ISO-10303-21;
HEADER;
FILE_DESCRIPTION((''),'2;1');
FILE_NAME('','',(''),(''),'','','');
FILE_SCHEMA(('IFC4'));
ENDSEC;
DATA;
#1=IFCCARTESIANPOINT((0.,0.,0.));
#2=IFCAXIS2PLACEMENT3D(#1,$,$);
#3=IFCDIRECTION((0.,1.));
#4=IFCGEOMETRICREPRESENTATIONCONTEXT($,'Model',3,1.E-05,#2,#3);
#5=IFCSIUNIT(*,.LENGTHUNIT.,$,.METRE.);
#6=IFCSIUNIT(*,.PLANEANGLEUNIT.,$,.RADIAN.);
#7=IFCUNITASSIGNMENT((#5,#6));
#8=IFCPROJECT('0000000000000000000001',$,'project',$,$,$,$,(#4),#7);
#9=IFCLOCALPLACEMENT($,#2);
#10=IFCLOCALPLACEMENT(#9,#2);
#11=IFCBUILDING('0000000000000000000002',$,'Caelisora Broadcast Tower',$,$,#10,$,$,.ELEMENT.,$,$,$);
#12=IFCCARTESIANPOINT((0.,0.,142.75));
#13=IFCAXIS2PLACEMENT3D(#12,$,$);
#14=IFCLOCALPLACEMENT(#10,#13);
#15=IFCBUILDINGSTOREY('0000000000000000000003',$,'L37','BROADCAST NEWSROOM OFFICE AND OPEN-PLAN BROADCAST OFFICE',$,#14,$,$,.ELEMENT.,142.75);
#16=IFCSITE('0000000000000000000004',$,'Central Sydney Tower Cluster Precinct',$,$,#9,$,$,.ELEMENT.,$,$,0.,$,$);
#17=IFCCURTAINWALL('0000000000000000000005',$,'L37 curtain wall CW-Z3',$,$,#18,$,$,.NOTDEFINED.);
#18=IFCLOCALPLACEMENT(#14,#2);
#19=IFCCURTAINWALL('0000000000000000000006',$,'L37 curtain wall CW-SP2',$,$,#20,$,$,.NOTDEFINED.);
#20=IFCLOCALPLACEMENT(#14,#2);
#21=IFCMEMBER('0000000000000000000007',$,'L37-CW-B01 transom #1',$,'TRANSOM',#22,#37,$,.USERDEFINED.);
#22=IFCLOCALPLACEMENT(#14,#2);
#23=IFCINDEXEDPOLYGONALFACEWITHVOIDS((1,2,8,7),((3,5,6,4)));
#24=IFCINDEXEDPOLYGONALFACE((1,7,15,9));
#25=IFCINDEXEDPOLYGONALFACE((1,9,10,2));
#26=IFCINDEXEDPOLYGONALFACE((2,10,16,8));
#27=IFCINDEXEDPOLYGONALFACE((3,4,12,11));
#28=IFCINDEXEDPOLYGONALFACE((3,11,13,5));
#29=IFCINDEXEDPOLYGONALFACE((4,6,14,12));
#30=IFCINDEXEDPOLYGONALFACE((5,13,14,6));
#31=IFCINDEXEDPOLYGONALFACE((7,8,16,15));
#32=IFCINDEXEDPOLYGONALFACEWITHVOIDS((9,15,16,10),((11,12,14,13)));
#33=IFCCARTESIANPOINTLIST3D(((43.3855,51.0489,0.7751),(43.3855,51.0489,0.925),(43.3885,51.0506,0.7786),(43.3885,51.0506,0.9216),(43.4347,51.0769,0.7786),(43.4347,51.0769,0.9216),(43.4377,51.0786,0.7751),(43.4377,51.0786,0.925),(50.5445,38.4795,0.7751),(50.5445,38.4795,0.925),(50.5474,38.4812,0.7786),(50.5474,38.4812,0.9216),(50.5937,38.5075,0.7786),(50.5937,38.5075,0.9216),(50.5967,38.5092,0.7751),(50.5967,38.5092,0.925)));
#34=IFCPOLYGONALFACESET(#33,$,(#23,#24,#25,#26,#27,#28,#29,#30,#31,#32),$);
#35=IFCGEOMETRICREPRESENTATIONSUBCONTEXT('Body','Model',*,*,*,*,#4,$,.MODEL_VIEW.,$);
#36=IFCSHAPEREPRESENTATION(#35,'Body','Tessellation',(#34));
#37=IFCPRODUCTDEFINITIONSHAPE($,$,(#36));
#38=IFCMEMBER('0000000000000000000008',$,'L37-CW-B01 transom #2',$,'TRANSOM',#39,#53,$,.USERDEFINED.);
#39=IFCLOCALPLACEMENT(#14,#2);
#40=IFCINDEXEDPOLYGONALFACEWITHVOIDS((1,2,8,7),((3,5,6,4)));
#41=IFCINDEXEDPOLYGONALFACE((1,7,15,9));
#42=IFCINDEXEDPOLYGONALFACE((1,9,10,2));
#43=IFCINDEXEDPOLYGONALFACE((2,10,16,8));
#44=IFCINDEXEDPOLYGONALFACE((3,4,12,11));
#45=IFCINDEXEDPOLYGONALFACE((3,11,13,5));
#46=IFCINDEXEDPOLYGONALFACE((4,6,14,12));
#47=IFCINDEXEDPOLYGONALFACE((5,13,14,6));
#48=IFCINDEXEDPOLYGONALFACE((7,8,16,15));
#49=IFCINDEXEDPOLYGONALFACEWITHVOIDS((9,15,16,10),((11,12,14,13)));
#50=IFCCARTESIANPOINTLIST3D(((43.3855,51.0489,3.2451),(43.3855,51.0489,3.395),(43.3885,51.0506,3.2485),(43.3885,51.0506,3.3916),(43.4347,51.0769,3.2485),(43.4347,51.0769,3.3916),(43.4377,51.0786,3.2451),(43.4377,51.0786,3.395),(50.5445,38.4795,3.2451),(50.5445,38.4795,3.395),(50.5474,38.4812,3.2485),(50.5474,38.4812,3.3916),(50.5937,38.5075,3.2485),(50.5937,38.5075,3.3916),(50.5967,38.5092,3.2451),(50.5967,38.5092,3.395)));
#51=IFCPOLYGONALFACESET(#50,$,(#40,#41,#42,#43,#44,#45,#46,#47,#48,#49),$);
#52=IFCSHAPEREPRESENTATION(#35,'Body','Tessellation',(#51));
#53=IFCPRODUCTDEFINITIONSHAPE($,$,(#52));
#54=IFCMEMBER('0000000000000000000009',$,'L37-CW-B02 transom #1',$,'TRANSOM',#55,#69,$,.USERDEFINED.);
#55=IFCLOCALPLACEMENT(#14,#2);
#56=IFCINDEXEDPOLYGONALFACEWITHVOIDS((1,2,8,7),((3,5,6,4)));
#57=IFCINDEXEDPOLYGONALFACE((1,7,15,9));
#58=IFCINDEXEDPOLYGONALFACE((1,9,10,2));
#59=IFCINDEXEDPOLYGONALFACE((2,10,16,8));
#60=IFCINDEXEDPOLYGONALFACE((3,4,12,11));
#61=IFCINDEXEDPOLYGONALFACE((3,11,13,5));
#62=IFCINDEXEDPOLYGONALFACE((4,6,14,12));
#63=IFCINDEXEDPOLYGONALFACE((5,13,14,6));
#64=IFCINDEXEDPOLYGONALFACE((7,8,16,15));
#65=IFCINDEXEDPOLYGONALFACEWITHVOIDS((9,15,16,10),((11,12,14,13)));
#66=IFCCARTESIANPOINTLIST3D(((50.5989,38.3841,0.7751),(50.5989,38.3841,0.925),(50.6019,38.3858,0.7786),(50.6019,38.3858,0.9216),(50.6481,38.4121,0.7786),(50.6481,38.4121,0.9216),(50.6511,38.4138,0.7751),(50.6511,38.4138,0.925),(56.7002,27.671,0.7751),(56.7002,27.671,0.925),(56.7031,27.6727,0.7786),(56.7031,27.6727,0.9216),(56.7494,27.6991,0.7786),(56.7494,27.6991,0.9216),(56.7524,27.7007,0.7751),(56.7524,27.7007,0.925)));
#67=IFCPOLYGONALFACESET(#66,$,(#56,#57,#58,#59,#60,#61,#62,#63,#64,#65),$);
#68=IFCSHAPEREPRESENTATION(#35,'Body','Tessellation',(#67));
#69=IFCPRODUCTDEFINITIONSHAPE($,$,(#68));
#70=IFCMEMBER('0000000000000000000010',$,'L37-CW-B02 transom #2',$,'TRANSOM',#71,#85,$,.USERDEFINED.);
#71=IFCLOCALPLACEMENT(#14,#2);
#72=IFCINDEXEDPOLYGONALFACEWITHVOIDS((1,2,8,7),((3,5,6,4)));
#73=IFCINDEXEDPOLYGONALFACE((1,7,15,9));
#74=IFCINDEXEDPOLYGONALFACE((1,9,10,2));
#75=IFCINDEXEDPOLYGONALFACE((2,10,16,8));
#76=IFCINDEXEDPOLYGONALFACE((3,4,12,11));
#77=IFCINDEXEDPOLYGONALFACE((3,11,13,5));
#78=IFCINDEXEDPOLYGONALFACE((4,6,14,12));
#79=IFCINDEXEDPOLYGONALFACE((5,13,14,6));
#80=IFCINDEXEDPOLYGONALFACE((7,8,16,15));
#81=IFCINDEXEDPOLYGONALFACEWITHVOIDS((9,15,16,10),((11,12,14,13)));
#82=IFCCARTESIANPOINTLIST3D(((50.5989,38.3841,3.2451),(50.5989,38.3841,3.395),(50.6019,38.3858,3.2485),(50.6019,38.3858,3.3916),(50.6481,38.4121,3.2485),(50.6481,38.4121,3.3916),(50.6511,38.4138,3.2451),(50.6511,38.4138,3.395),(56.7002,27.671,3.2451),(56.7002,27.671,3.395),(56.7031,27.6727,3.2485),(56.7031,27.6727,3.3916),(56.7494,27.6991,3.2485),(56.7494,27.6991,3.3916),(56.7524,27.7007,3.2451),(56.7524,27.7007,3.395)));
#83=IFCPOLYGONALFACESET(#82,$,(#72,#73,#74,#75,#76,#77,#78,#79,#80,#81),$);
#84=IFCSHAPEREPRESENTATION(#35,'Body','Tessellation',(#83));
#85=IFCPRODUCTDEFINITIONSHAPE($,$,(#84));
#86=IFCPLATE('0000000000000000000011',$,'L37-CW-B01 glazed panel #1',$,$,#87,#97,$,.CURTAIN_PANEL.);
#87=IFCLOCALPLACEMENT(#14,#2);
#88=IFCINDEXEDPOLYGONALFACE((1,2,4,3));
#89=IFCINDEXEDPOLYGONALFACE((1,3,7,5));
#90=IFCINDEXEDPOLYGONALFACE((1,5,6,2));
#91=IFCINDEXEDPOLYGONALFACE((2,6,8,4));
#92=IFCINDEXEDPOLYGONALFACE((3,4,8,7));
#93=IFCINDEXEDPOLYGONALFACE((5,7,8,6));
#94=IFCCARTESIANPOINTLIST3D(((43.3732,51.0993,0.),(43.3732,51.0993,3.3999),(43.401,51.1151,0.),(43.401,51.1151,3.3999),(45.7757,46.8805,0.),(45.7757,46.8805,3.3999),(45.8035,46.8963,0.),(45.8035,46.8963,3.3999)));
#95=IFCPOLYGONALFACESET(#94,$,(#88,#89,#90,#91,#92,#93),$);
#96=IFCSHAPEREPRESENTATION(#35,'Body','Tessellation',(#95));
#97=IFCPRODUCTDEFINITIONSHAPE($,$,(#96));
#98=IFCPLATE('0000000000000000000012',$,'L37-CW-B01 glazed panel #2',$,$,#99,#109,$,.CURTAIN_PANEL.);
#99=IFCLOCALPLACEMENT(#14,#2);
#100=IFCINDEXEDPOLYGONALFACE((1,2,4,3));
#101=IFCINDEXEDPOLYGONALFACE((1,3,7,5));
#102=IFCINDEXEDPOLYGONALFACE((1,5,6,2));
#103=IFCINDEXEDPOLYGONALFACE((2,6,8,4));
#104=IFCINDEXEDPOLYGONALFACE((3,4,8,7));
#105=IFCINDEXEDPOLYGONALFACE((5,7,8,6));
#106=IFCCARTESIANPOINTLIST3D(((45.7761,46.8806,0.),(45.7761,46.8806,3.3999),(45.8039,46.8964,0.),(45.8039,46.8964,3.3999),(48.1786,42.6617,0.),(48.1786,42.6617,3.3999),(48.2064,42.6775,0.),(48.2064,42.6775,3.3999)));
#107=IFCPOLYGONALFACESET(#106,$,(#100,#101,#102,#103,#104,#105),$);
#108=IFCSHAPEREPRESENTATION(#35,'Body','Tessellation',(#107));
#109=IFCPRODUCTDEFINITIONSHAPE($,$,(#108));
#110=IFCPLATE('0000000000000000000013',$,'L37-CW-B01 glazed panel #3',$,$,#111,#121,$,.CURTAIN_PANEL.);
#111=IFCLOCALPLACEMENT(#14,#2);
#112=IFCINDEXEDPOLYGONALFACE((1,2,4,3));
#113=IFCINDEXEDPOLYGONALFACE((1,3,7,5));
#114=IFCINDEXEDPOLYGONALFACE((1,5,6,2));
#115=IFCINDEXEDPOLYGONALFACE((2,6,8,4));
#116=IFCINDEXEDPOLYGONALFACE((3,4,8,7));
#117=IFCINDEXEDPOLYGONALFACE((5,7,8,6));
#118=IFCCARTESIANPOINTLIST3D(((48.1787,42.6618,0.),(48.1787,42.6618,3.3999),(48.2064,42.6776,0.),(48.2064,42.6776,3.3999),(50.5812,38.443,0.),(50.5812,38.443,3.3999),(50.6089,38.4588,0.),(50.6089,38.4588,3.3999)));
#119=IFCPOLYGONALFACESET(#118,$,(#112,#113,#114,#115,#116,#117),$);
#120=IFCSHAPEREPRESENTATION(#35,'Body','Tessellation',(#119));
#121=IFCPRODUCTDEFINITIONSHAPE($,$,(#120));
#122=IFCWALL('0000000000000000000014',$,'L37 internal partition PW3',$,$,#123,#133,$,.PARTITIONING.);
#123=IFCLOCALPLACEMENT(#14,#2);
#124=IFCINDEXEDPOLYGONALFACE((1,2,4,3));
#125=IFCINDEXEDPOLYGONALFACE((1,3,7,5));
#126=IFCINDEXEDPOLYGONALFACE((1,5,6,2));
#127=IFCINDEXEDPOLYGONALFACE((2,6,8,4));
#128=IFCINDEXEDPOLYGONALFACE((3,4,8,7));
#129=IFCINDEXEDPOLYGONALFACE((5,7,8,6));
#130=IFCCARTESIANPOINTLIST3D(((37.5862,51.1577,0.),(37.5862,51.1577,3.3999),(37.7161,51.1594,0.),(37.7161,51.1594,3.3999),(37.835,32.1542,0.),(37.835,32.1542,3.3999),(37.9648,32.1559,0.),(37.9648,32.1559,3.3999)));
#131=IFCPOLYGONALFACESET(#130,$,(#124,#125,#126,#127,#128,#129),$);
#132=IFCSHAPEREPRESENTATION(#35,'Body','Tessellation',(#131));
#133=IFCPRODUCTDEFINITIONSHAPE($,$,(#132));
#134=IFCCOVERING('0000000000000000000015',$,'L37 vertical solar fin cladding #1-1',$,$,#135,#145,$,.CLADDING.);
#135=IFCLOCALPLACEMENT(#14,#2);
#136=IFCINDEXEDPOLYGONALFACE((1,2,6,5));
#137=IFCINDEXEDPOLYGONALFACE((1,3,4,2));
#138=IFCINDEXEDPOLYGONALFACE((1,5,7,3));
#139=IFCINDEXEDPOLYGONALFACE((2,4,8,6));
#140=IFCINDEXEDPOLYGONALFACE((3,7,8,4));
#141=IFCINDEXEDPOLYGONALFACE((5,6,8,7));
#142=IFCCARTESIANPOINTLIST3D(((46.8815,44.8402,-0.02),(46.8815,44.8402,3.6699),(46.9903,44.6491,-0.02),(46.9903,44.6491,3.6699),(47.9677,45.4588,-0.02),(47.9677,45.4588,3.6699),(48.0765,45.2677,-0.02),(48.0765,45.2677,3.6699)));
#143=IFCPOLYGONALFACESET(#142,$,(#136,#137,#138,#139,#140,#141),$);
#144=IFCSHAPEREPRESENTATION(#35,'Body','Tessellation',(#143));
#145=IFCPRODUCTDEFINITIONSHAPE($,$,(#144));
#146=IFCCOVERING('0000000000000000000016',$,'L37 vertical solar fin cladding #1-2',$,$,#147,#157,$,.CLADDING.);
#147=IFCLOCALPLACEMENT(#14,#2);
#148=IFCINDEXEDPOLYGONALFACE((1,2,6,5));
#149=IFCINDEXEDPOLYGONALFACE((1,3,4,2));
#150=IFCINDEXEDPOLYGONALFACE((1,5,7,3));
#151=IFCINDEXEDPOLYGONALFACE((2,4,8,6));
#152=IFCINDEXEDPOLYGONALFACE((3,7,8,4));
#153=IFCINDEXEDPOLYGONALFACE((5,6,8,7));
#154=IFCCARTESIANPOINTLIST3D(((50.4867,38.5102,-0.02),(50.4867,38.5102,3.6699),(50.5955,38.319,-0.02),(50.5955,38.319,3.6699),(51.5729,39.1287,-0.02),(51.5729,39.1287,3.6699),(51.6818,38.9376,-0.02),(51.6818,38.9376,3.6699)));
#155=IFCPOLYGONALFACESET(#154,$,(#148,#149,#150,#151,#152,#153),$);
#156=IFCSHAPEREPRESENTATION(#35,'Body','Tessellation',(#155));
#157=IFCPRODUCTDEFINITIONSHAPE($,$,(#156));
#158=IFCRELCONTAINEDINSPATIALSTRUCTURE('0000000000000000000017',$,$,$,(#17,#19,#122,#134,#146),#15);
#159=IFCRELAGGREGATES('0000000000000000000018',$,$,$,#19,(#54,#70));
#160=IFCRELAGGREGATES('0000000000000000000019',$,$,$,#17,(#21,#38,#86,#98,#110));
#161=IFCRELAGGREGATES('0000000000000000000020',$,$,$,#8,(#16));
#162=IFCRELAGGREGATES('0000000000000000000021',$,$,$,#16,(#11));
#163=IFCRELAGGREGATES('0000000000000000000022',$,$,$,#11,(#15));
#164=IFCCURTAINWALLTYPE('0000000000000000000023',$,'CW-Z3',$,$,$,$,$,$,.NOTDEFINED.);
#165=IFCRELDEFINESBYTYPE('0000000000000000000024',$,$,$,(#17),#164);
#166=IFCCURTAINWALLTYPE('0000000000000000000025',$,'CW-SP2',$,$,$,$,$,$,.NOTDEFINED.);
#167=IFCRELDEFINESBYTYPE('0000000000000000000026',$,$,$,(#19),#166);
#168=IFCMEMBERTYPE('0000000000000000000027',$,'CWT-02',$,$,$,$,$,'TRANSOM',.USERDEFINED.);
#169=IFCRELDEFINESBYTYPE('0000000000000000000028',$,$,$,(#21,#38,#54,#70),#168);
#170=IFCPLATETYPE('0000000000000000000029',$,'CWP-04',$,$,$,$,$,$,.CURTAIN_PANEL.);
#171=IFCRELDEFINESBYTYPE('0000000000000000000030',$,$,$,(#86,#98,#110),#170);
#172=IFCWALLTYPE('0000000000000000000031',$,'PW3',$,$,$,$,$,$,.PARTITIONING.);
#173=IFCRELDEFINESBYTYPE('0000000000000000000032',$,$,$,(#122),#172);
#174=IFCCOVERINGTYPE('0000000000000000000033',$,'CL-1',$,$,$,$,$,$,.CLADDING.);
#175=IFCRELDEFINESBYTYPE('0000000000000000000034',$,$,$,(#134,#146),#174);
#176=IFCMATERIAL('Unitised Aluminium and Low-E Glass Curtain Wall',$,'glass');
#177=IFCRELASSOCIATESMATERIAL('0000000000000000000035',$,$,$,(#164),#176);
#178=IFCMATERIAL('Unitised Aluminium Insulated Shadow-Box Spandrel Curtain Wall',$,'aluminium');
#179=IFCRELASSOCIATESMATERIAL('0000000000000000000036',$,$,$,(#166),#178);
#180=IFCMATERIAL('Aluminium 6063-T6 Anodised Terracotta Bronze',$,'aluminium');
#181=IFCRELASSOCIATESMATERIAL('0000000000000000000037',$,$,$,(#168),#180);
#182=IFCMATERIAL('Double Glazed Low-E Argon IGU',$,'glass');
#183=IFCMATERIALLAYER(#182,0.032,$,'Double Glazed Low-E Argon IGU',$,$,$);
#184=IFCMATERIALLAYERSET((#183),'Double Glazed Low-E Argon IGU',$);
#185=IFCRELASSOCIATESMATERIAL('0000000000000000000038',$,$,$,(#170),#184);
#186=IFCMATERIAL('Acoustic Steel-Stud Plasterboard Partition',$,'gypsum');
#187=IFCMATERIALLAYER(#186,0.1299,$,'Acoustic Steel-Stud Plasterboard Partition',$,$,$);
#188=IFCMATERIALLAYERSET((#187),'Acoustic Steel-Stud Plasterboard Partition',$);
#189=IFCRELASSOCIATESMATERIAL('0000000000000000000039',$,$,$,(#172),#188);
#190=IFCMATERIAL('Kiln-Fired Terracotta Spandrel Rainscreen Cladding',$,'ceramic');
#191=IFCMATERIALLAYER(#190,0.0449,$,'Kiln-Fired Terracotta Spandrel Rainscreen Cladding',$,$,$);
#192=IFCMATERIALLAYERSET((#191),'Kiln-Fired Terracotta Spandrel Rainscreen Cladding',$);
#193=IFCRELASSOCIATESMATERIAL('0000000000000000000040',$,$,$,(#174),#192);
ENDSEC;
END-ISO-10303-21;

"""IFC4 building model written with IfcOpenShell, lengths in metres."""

from ifc_helpers import new_model, si_unit, direction, frame, frame_2d, origin, origin_2d, place, context, subcontext, project, spatial, rectangle, hollow_rectangle, extrude, source, transform, mapped, material, layer, layer_set, material_profile, profile_set, type_object, type_shapes, element, aggregate, save


model = new_model("IFC4")

# Units and contexts
model_context = context("Model", 3, precision=1e-05, world=origin(), true_north=direction((0.0, 1.0)))
body_context = subcontext(model_context, "Body", "Model", "MODEL_VIEW")
ifc_project = project(units=[si_unit("LENGTHUNIT", "METRE"), si_unit("PLANEANGLEUNIT", "RADIAN")], contexts=[model_context])

# Site, building, storey
site_placement = place(None, origin())
site = spatial("IfcSite", under=ifc_project, at=site_placement, Name="Central Sydney Tower Cluster Precinct", CompositionType="ELEMENT", RefElevation=0.0)
building_placement = place(site_placement, origin())
building = spatial("IfcBuilding", under=site, at=building_placement, Name="Caelisora Broadcast Tower", CompositionType="ELEMENT")
storey_placement = place(building_placement, frame((0.0, 0.0, 142.75)))
storey = spatial("IfcBuildingStorey", under=building, at=storey_placement, Name="L37", Description="BROADCAST NEWSROOM OFFICE AND OPEN-PLAN BROADCAST OFFICE", CompositionType="ELEMENT", Elevation=142.75)

# Curtain wall
ifc_material_1 = material(Name="Unitised Aluminium and Low-E Glass Curtain Wall", Category="glass")
curtain_wall_type_1 = type_object("IfcCurtainWallType", Name="CW-Z3", PredefinedType="NOTDEFINED", material=ifc_material_1)
curtain_wall_1_placement = place(storey_placement, origin())
curtain_wall_1 = element("IfcCurtainWall", 1, at=curtain_wall_1_placement, inside=storey, type_object=curtain_wall_type_1, Name="L37 curtain wall CW-Z3", PredefinedType="NOTDEFINED")
ifc_material_2 = material(Name="Aluminium 6063-T6 Anodised Terracotta Bronze", Category="aluminium")

# Curtain wall
ifc_material_3 = material(Name="Unitised Aluminium Insulated Shadow-Box Spandrel Curtain Wall", Category="aluminium")
curtain_wall_type_2 = type_object("IfcCurtainWallType", Name="CW-SP2", PredefinedType="NOTDEFINED", material=ifc_material_3)
curtain_wall_2_placement = place(storey_placement, origin())
curtain_wall_2 = element("IfcCurtainWall", 2, at=curtain_wall_2_placement, inside=storey, type_object=curtain_wall_type_2, Name="L37 curtain wall CW-SP2", PredefinedType="NOTDEFINED")

# Members
ifc_material_profile_1 = material_profile(ifc_material_2, hollow_rectangle(XDim=0.0601, YDim=0.1499, WallThickness=0.0034, at=origin_2d()), Name="Aluminium 6063-T6 Anodised Terracotta Bronze")
ifc_profile_set_1 = profile_set([ifc_material_profile_1], Name="Aluminium 6063-T6 Anodised Terracotta Bronze")
member_type_1 = type_object("IfcMemberType", Name="CWT-02", ElementType="TRANSOM", PredefinedType="USERDEFINED", material=ifc_profile_set_1)
shared_shape_1 = source(origin(), body_context, "Body", "SweptSolid", [
    extrude(hollow_rectangle(XDim=0.0601, YDim=0.1499, WallThickness=0.0034, at=origin_2d()), origin(), (0.0, 0.0, 1.0), 14.4651),
])
member_1_placement = place(storey_placement, frame((43.4116, 51.0637, 0.8501), z_axis=(0.494912, -0.868943, 0.0), x_axis=(0.868943, 0.494912, 0.0)))
member_1 = element("IfcMember", 3, at=member_1_placement, type_object=member_type_1, Name="L37-CW-B01 transom #1", ObjectType="TRANSOM", PredefinedType="USERDEFINED", context=body_context, shape_type="MappedRepresentation", body=[
    mapped(shared_shape_1, transform((0.0, 0.0, 0.0), scale=1.0)),
])
member_2_placement = place(storey_placement, frame((43.4116, 51.0637, 3.3201), z_axis=(0.494912, -0.868943, 0.0), x_axis=(0.868943, 0.494912, 0.0)))
member_2 = element("IfcMember", 4, at=member_2_placement, type_object=member_type_1, Name="L37-CW-B01 transom #2", ObjectType="TRANSOM", PredefinedType="USERDEFINED", context=body_context, shape_type="MappedRepresentation", body=[
    mapped(shared_shape_1, transform((0.0, 0.0, 0.0), scale=1.0)),
])
shared_shape_2 = source(origin(), body_context, "Body", "SweptSolid", [
    extrude(hollow_rectangle(XDim=0.0601, YDim=0.1499, WallThickness=0.0034, at=origin_2d()), origin(), (0.0, 0.0, 1.0), 12.3286),
])
type_shapes(member_type_1, [shared_shape_1, shared_shape_2])
member_3_placement = place(storey_placement, frame((50.625, 38.3989, 0.8501), z_axis=(0.494887, -0.868958, 0.0), x_axis=(0.868958, 0.494887, 0.0)))
member_3 = element("IfcMember", 5, at=member_3_placement, type_object=member_type_1, Name="L37-CW-B02 transom #1", ObjectType="TRANSOM", PredefinedType="USERDEFINED", context=body_context, shape_type="MappedRepresentation", body=[
    mapped(shared_shape_2, transform((0.0, 0.0, 0.0), scale=1.0)),
])
member_4_placement = place(storey_placement, frame((50.625, 38.3989, 3.3201), z_axis=(0.494887, -0.868958, 0.0), x_axis=(0.868958, 0.494887, 0.0)))
member_4 = element("IfcMember", 6, at=member_4_placement, type_object=member_type_1, Name="L37-CW-B02 transom #2", ObjectType="TRANSOM", PredefinedType="USERDEFINED", context=body_context, shape_type="MappedRepresentation", body=[
    mapped(shared_shape_2, transform((0.0, 0.0, 0.0), scale=1.0)),
])
aggregate(curtain_wall_2, [member_3, member_4])

# Plates
ifc_material_4 = material(Name="Double Glazed Low-E Argon IGU", Category="glass")
ifc_layer_1 = layer(ifc_material_4, 0.032, Name="Double Glazed Low-E Argon IGU")
ifc_layer_set_1 = layer_set([ifc_layer_1], Name="Double Glazed Low-E Argon IGU")
plate_type = type_object("IfcPlateType", Name="CWP-04", PredefinedType="CURTAIN_PANEL", material=ifc_layer_set_1)
shared_shape_3 = source(origin(), body_context, "Body", "SweptSolid", [
    extrude(rectangle(XDim=4.855, YDim=0.032, at=origin_2d()), origin(), (0.0, 0.0, 1.0), 3.3999),
])
type_shapes(plate_type, [shared_shape_3])
plate_1_placement = place(storey_placement, frame((44.5884, 48.9978, 0.0), z_axis=(0.0, 0.0, 1.0), x_axis=(0.494852, -0.868977, 0.0)))
plate_1 = element("IfcPlate", 7, at=plate_1_placement, type_object=plate_type, Name="L37-CW-B01 glazed panel #1", PredefinedType="CURTAIN_PANEL", context=body_context, shape_type="MappedRepresentation", body=[
    mapped(shared_shape_3, transform((0.0, 0.0, 0.0), scale=1.0)),
])
plate_2_placement = place(storey_placement, frame((46.9912, 44.7791, 0.0), z_axis=(0.0, 0.0, 1.0), x_axis=(0.494852, -0.868977, 0.0)))
plate_2 = element("IfcPlate", 8, at=plate_2_placement, type_object=plate_type, Name="L37-CW-B01 glazed panel #2", PredefinedType="CURTAIN_PANEL", context=body_context, shape_type="MappedRepresentation", body=[
    mapped(shared_shape_3, transform((0.0, 0.0, 0.0), scale=1.0)),
])
plate_3_placement = place(storey_placement, frame((49.3938, 40.5603, 0.0), z_axis=(0.0, 0.0, 1.0), x_axis=(0.494852, -0.868977, 0.0)))
plate_3 = element("IfcPlate", 9, at=plate_3_placement, type_object=plate_type, Name="L37-CW-B01 glazed panel #3", PredefinedType="CURTAIN_PANEL", context=body_context, shape_type="MappedRepresentation", body=[
    mapped(shared_shape_3, transform((0.0, 0.0, 0.0), scale=1.0)),
])
aggregate(curtain_wall_1, [member_1, member_2, plate_1, plate_2, plate_3])

# Wall
ifc_material_5 = material(Name="Acoustic Steel-Stud Plasterboard Partition", Category="gypsum")
ifc_layer_2 = layer(ifc_material_5, 0.1299, Name="Acoustic Steel-Stud Plasterboard Partition")
ifc_layer_set_2 = layer_set([ifc_layer_2], Name="Acoustic Steel-Stud Plasterboard Partition")
wall_type = type_object("IfcWallType", Name="PW3", PredefinedType="PARTITIONING", material=ifc_layer_set_2)
wall_placement = place(storey_placement, frame((37.6511, 51.1584, 0.0), z_axis=(0.0, 0.0, 1.0), x_axis=(0.01309, -0.999914, 0.0)))
element("IfcWall", 10, at=wall_placement, inside=storey, type_object=wall_type, Name="L37 internal partition PW3", PredefinedType="PARTITIONING", context=body_context, shape_type="SweptSolid", body=[
    extrude(rectangle(XDim=19.0051, YDim=0.1299, at=frame_2d((9.5024, 0.0))), origin(), (0.0, 0.0, 1.0), 3.3999),
])

# Coverings
ifc_material_6 = material(Name="Kiln-Fired Terracotta Spandrel Rainscreen Cladding", Category="ceramic")
ifc_layer_3 = layer(ifc_material_6, 0.0449, Name="Kiln-Fired Terracotta Spandrel Rainscreen Cladding")
ifc_layer_set_3 = layer_set([ifc_layer_3], Name="Kiln-Fired Terracotta Spandrel Rainscreen Cladding")
covering_type = type_object("IfcCoveringType", Name="CL-1", PredefinedType="CLADDING", material=ifc_layer_set_3)
shared_shape_4 = source(origin(), body_context, "Body", "SweptSolid", [
    extrude(rectangle(XDim=0.22, YDim=1.25, at=origin_2d()), origin(), (0.0, 0.0, 1.0), 3.6899),
])
type_shapes(covering_type, [shared_shape_4])
for number, where, z_axis, x_axis, name in (
    (11, (47.479, 45.054, -0.02), (0.0, 0.0, 1.0), (0.494852, -0.868977, 0.0), "L37 vertical solar fin cladding #1-1"),
    (12, (51.0842, 38.7239, -0.02), (0.0, 0.0, 1.0), (0.494852, -0.868977, 0.0), "L37 vertical solar fin cladding #1-2"),
):
    element("IfcCovering", number, at=place(storey_placement, frame(where, z_axis=z_axis, x_axis=x_axis)), inside=storey, type_object=covering_type, Name=name, PredefinedType="CLADDING", context=body_context, shape_type="MappedRepresentation", body=[
        mapped(shared_shape_4, transform((0.0, 0.0, 0.0), scale=1.0)),
    ])

save(model, "model.ifc")
